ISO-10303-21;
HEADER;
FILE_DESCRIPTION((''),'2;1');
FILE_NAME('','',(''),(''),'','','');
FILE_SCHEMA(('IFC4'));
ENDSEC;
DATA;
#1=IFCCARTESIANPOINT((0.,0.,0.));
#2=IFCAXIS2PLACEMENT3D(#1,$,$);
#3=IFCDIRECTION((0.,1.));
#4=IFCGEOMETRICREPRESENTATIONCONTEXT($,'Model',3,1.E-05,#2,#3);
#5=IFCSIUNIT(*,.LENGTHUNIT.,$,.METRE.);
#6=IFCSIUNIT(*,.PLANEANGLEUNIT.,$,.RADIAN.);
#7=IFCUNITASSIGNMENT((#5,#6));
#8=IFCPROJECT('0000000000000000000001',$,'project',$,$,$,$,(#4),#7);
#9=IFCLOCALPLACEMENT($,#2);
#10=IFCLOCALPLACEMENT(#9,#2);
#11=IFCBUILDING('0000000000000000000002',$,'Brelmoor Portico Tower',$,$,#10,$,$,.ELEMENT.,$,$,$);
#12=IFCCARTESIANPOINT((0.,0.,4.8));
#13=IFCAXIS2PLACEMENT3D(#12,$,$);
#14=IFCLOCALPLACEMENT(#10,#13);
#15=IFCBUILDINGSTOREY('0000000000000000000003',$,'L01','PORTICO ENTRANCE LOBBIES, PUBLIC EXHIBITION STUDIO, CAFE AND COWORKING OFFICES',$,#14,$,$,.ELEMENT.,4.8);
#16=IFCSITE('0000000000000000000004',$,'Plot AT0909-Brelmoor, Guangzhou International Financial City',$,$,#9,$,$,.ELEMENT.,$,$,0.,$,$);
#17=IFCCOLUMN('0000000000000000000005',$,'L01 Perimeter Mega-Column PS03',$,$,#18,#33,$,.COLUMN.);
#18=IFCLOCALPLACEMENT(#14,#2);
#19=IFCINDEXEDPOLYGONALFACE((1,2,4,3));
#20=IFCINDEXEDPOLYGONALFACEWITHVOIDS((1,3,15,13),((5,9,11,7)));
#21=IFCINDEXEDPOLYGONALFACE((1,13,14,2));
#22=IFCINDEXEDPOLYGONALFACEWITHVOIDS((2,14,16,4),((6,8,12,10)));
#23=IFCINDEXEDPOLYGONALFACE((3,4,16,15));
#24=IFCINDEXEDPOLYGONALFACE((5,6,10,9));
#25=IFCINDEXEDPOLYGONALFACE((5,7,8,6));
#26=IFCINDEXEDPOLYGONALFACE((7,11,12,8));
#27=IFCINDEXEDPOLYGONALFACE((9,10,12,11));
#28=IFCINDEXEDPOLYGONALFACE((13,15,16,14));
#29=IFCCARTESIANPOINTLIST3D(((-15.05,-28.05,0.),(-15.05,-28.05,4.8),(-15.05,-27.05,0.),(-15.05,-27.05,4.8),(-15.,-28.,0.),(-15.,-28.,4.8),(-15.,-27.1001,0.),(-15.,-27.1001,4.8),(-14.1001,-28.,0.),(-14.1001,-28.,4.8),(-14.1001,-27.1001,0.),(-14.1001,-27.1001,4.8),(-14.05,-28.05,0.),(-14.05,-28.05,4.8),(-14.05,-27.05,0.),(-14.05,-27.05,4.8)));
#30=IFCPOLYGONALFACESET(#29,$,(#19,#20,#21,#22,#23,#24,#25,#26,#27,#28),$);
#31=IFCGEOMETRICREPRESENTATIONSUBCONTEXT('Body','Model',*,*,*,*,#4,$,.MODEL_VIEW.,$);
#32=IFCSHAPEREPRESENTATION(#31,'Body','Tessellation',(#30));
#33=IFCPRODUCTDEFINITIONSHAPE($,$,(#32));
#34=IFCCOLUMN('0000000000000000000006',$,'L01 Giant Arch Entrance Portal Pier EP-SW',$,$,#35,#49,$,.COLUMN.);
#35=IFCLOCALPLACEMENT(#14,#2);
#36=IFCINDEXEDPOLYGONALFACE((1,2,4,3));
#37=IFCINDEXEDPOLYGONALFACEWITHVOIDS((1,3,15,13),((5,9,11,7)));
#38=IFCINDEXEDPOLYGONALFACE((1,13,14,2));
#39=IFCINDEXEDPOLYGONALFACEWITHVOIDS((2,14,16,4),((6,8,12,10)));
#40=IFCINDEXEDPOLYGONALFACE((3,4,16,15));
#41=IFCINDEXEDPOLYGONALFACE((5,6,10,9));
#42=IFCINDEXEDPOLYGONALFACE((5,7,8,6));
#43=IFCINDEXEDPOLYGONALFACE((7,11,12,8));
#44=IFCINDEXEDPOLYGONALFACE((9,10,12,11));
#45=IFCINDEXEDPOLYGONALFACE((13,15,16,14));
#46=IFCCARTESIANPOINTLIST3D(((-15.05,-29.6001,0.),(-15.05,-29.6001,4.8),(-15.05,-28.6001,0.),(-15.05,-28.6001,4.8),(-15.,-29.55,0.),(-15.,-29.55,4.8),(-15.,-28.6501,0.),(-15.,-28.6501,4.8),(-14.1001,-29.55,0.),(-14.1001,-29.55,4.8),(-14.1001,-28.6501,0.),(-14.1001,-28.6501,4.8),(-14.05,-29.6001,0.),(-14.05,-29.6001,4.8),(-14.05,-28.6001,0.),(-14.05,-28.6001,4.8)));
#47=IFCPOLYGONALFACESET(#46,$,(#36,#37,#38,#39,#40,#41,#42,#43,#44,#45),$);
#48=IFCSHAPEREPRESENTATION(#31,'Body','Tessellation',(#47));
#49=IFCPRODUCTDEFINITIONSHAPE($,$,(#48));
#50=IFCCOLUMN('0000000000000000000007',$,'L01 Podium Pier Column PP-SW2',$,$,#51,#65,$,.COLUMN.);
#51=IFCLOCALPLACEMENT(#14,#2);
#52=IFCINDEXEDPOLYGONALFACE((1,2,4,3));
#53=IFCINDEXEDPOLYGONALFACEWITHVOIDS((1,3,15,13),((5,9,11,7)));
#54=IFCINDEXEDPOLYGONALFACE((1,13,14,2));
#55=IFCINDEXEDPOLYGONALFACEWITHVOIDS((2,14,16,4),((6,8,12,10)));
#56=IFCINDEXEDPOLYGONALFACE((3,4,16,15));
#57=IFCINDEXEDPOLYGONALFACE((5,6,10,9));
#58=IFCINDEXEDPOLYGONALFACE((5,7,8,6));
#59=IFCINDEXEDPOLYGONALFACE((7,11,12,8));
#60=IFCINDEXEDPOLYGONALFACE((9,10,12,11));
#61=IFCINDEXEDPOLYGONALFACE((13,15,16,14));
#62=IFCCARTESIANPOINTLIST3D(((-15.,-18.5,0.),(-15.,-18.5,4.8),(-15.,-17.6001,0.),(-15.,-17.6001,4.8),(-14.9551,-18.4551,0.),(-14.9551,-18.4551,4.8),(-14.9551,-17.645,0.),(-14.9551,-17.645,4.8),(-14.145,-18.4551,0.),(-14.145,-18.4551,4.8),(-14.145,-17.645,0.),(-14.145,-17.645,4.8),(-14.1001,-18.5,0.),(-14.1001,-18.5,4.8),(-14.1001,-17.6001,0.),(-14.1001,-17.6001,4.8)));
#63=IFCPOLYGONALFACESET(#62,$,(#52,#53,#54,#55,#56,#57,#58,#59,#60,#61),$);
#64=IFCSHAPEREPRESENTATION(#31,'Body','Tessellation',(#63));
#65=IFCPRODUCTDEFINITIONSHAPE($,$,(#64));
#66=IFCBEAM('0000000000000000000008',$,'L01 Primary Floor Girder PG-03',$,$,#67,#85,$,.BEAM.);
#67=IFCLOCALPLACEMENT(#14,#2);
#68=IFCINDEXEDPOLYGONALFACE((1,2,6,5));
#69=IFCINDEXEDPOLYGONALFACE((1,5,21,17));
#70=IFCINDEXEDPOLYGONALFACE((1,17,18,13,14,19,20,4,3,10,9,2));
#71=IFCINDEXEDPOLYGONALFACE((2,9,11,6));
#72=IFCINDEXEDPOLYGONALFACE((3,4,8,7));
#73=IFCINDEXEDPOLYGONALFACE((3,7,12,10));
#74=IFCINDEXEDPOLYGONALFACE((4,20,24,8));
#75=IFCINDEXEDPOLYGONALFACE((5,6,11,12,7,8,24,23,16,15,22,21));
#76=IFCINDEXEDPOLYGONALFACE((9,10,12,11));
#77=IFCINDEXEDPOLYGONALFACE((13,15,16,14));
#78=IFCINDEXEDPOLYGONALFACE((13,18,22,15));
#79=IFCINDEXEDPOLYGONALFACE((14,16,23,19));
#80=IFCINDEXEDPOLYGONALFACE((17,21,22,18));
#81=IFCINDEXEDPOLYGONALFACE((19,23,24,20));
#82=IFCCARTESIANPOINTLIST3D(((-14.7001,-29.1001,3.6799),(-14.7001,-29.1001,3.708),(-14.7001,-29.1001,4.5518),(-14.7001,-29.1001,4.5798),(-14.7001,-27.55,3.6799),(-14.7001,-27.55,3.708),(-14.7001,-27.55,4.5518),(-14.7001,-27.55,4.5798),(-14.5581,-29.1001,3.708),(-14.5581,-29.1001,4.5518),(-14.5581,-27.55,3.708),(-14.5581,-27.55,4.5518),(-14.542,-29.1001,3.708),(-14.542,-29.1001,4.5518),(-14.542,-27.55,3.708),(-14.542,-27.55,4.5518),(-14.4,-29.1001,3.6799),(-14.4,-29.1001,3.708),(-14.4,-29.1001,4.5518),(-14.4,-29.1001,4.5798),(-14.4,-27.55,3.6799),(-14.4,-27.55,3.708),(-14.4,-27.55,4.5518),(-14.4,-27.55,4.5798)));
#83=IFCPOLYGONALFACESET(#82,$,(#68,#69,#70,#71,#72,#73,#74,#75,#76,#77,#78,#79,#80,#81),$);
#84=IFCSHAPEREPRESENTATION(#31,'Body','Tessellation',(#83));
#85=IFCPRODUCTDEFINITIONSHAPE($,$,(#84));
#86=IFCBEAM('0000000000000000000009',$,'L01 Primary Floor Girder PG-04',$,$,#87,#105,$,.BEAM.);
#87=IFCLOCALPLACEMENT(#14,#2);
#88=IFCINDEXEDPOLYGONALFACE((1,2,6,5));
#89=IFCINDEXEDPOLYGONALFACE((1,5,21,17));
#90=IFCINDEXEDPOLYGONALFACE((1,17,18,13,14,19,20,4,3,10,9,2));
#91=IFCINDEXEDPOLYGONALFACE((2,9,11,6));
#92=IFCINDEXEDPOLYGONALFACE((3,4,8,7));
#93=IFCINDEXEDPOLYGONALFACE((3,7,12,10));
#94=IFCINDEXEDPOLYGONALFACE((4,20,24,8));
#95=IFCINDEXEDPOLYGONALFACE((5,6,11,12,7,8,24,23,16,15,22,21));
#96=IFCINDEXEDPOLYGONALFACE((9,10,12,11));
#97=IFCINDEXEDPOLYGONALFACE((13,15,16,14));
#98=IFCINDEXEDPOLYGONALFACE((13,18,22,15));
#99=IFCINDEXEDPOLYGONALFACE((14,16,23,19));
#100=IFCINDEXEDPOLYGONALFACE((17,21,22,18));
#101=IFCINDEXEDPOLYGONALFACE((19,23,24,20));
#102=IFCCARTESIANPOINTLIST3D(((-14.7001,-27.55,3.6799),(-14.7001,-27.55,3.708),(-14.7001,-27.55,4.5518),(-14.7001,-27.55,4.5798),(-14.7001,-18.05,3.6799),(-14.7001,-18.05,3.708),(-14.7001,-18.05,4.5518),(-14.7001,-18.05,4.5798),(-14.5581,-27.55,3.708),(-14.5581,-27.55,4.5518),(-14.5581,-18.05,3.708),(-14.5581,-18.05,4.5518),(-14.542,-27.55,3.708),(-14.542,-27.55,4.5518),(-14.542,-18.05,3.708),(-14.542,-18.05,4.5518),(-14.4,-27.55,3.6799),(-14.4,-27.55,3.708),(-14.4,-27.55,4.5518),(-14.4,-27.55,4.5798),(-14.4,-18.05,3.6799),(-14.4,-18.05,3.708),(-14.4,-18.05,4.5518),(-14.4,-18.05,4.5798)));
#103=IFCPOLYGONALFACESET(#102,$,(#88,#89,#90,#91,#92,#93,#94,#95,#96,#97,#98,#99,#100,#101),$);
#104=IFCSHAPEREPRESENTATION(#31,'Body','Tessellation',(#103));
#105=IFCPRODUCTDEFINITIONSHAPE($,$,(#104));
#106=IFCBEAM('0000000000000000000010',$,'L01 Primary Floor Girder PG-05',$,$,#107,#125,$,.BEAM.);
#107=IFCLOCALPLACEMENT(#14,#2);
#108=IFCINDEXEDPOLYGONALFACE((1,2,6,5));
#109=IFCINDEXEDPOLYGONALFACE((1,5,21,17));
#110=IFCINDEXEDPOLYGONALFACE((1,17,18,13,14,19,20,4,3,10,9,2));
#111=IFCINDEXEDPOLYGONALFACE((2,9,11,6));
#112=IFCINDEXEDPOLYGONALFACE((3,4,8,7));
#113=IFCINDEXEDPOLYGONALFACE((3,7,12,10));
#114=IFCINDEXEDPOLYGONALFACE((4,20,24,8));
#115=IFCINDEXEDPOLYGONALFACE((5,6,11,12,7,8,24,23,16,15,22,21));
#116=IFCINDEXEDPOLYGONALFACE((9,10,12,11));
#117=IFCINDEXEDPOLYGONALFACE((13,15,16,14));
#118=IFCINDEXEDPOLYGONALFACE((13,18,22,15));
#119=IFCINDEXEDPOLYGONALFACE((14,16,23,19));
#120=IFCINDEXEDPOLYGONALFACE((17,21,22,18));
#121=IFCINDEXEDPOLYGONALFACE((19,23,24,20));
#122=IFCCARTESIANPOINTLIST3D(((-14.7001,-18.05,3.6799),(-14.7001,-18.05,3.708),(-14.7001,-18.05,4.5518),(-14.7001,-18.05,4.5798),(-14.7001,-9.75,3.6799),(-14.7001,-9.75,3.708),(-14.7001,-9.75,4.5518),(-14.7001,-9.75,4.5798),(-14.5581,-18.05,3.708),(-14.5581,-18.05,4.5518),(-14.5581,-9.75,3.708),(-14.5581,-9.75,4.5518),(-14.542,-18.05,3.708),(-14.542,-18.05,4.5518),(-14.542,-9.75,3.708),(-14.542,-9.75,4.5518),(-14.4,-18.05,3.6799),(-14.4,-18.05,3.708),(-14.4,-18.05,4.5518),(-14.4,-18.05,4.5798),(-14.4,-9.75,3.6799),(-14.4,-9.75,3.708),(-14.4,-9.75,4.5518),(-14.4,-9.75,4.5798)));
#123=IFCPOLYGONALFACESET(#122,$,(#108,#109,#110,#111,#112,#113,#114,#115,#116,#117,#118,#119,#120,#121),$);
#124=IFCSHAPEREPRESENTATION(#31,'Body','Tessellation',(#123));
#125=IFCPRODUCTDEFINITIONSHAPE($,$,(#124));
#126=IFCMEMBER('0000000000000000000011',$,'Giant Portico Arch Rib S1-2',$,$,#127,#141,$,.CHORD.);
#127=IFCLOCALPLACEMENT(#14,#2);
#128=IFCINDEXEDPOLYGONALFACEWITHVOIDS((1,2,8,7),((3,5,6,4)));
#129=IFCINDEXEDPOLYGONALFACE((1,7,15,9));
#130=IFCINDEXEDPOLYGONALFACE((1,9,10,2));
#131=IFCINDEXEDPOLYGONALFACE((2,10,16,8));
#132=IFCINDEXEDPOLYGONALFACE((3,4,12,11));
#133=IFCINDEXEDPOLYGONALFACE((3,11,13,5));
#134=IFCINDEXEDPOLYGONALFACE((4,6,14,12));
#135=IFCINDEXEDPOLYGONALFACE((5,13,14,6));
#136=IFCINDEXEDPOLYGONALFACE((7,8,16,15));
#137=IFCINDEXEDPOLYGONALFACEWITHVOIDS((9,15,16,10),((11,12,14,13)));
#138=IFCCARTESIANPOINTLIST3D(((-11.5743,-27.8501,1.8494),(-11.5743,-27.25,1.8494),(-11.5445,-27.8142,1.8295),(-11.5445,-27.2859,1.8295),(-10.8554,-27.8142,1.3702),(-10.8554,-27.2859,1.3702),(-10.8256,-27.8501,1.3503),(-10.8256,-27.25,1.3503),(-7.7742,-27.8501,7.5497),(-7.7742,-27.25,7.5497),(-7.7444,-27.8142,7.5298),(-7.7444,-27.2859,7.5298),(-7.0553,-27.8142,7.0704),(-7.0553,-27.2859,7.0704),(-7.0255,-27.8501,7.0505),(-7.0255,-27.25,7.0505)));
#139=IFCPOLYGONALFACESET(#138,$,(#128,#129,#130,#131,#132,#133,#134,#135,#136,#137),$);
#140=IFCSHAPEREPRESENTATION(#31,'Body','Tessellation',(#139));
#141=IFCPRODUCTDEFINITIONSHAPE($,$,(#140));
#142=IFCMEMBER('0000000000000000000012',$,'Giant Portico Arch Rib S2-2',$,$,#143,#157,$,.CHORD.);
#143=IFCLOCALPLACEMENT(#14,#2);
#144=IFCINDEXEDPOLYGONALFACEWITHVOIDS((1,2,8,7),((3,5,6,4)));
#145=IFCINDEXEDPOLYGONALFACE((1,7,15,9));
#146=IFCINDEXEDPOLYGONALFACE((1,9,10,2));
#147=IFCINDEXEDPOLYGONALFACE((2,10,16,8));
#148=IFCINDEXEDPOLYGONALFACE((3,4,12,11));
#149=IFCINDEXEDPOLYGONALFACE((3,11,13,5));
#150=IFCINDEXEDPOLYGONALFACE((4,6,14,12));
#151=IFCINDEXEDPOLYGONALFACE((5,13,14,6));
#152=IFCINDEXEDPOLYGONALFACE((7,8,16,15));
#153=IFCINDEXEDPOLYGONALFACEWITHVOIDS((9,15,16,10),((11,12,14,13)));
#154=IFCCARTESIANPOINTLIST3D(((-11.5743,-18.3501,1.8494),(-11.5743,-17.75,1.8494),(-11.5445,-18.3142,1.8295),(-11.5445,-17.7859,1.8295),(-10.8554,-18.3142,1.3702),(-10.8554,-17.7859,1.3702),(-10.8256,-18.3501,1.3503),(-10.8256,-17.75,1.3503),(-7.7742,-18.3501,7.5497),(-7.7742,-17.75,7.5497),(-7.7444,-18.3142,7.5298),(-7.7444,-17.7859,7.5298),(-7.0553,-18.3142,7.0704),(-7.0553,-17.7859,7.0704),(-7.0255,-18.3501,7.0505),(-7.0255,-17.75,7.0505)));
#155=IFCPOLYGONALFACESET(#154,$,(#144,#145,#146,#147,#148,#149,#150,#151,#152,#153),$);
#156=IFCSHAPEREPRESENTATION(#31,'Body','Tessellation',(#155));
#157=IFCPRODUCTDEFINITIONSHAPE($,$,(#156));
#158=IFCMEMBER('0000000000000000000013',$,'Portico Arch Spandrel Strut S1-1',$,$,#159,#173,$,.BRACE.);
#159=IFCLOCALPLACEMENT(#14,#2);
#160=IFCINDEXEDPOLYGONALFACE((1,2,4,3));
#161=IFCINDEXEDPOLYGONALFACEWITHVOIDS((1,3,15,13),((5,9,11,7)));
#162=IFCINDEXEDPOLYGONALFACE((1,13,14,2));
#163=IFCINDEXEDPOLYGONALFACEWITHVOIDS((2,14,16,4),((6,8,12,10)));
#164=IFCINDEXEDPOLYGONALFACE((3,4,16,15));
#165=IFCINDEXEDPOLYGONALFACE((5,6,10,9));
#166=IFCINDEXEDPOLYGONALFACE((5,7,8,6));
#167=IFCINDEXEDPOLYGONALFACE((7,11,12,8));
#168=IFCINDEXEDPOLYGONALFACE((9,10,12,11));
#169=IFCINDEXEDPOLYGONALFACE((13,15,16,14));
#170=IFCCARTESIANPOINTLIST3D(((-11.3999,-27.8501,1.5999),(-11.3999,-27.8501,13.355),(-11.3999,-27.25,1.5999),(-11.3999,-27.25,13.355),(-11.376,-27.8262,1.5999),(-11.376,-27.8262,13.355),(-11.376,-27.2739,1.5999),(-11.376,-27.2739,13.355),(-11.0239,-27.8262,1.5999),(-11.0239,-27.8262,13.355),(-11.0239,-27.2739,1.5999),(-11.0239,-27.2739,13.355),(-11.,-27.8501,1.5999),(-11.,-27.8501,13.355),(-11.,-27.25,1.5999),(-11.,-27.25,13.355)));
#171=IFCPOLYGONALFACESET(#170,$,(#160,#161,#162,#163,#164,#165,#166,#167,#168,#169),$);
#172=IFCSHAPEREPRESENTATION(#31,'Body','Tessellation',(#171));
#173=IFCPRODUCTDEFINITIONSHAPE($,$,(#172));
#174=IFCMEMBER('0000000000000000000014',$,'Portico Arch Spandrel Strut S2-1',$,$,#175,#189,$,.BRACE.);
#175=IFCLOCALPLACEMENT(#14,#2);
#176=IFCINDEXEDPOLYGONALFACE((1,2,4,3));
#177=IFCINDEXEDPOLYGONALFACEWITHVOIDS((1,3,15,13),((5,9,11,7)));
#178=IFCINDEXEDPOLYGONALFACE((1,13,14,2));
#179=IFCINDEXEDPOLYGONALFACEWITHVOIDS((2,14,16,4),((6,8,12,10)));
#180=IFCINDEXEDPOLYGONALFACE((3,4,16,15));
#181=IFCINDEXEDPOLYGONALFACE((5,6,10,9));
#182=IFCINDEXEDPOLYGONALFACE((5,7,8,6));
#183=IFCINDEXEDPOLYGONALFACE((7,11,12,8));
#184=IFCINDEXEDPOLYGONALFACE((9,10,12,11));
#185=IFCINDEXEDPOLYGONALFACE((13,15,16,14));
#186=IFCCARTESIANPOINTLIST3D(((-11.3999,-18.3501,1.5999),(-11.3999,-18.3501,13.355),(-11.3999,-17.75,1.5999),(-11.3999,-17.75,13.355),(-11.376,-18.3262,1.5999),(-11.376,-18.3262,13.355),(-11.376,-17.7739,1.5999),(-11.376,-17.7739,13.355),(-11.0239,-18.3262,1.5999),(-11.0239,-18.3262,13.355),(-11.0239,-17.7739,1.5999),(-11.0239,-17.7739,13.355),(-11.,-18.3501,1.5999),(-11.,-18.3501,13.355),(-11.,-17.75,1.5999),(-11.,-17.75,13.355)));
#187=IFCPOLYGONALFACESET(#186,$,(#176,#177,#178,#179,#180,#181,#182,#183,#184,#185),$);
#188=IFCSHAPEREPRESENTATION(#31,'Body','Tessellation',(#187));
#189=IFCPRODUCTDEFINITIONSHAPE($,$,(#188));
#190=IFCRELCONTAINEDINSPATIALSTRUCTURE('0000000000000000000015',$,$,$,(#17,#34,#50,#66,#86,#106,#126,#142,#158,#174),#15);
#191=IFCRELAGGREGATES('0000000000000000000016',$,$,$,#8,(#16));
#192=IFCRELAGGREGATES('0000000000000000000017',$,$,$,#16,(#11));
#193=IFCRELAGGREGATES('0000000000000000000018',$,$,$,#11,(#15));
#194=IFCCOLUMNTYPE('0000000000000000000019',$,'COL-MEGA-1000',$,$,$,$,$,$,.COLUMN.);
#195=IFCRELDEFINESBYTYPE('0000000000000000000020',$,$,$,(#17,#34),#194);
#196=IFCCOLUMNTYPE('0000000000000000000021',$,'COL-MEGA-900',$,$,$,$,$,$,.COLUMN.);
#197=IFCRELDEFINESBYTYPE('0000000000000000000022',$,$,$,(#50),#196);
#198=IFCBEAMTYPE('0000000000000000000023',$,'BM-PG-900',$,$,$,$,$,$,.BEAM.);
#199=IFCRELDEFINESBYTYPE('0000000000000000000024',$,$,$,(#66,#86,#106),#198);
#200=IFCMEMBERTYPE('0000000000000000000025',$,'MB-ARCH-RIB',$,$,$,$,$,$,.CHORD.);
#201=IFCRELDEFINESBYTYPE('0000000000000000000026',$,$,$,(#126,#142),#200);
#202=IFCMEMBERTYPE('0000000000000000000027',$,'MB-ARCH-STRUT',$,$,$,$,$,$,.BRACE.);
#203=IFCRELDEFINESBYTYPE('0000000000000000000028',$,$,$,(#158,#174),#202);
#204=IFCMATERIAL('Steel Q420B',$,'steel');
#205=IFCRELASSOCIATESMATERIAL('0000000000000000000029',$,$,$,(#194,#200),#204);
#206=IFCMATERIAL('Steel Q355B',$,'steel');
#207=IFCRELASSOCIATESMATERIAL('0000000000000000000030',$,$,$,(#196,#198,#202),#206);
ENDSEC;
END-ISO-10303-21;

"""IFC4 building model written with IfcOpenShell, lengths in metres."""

from ifc_helpers import new_model, si_unit, direction, frame, origin, origin_2d, place, context, subcontext, project, spatial, hollow_rectangle, i_section, extrude, material, material_profile, profile_set, type_object, element, save


model = new_model("IFC4")

# Units and contexts
model_context = context("Model", 3, precision=1e-05, world=origin(), true_north=direction((0.0, 1.0)))
body_context = subcontext(model_context, "Body", "Model", "MODEL_VIEW")
ifc_project = project(units=[si_unit("LENGTHUNIT", "METRE"), si_unit("PLANEANGLEUNIT", "RADIAN")], contexts=[model_context])

# Site, building, storey
site_placement = place(None, origin())
site = spatial("IfcSite", under=ifc_project, at=site_placement, Name="Plot AT0909-Brelmoor, Guangzhou International Financial City", CompositionType="ELEMENT", RefElevation=0.0)
building_placement = place(site_placement, origin())
building = spatial("IfcBuilding", under=site, at=building_placement, Name="Brelmoor Portico Tower", CompositionType="ELEMENT")
storey_placement = place(building_placement, frame((0.0, 0.0, 4.8)))
storey = spatial("IfcBuildingStorey", under=building, at=storey_placement, Name="L01", Description="PORTICO ENTRANCE LOBBIES, PUBLIC EXHIBITION STUDIO, CAFE AND COWORKING OFFICES", CompositionType="ELEMENT", Elevation=4.8)

# Columns
ifc_material_1 = material(Name="Steel Q420B", Category="steel")
ifc_material_profile_1 = material_profile(ifc_material_1, hollow_rectangle(XDim=1.0, YDim=1.0, WallThickness=0.05, at=origin_2d()), Name="BOX 1000x1000x50")
ifc_profile_set_1 = profile_set([ifc_material_profile_1], Name="Steel Q420B")
column_type_1 = type_object("IfcColumnType", Name="COL-MEGA-1000", PredefinedType="COLUMN", material=ifc_profile_set_1)
for number, where, z_axis, x_axis, name in (
    (1, (-14.55, -27.55, 0.0), (0.0, 0.0, 1.0), (1.0, 0.0, 0.0), "L01 Perimeter Mega-Column PS03"),
    (2, (-14.55, -29.1001, 0.0), (0.0, 0.0, 1.0), (1.0, 0.0, 0.0), "L01 Giant Arch Entrance Portal Pier EP-SW"),
):
    element("IfcColumn", number, at=place(storey_placement, frame(where, z_axis=z_axis, x_axis=x_axis)), inside=storey, type_object=column_type_1, Name=name, PredefinedType="COLUMN", context=body_context, shape_type="SweptSolid", body=[
        extrude(hollow_rectangle(XDim=1.0, YDim=1.0, WallThickness=0.05, at=origin_2d()), origin(), (0.0, 0.0, 1.0), 4.8),
    ])
ifc_material_2 = material(Name="Steel Q355B", Category="steel")
ifc_material_profile_2 = material_profile(ifc_material_2, hollow_rectangle(XDim=0.8999, YDim=0.8999, WallThickness=0.0449, at=origin_2d()), Name="BOX 900x900x45")
ifc_profile_set_2 = profile_set([ifc_material_profile_2], Name="Steel Q355B")
column_type_2 = type_object("IfcColumnType", Name="COL-MEGA-900", PredefinedType="COLUMN", material=ifc_profile_set_2)
column_placement = place(storey_placement, frame((-14.55, -18.05, 0.0), z_axis=(0.0, 0.0, 1.0), x_axis=(1.0, 0.0, 0.0)))
element("IfcColumn", 3, at=column_placement, inside=storey, type_object=column_type_2, Name="L01 Podium Pier Column PP-SW2", PredefinedType="COLUMN", context=body_context, shape_type="SweptSolid", body=[
    extrude(hollow_rectangle(XDim=0.8999, YDim=0.8999, WallThickness=0.0449, at=origin_2d()), origin(), (0.0, 0.0, 1.0), 4.8),
])

# Beams
ifc_material_profile_3 = material_profile(ifc_material_2, i_section(OverallWidth=0.3, OverallDepth=0.8999, WebThickness=0.0161, FlangeThickness=0.0281, at=origin_2d()), Name="HN 900x300x16x28")
ifc_profile_set_3 = profile_set([ifc_material_profile_3], Name="Steel Q355B")
beam_type = type_object("IfcBeamType", Name="BM-PG-900", PredefinedType="BEAM", material=ifc_profile_set_3)
beam_1_placement = place(storey_placement, frame((-14.55, -29.1001, 4.1299), z_axis=(0.0, 1.0, 0.0), x_axis=(-1.0, 0.0, 0.0)))
element("IfcBeam", 4, at=beam_1_placement, inside=storey, type_object=beam_type, Name="L01 Primary Floor Girder PG-03", PredefinedType="BEAM", context=body_context, shape_type="SweptSolid", body=[
    extrude(i_section(OverallWidth=0.3, OverallDepth=0.8999, WebThickness=0.0161, FlangeThickness=0.0281, at=origin_2d()), origin(), (0.0, 0.0, 1.0), 1.55),
])
beam_2_placement = place(storey_placement, frame((-14.55, -27.55, 4.1299), z_axis=(0.0, 1.0, 0.0), x_axis=(-1.0, 0.0, 0.0)))
element("IfcBeam", 5, at=beam_2_placement, inside=storey, type_object=beam_type, Name="L01 Primary Floor Girder PG-04", PredefinedType="BEAM", context=body_context, shape_type="SweptSolid", body=[
    extrude(i_section(OverallWidth=0.3, OverallDepth=0.8999, WebThickness=0.0161, FlangeThickness=0.0281, at=origin_2d()), origin(), (0.0, 0.0, 1.0), 9.5),
])
beam_3_placement = place(storey_placement, frame((-14.55, -18.05, 4.1299), z_axis=(0.0, 1.0, 0.0), x_axis=(-1.0, 0.0, 0.0)))
element("IfcBeam", 6, at=beam_3_placement, inside=storey, type_object=beam_type, Name="L01 Primary Floor Girder PG-05", PredefinedType="BEAM", context=body_context, shape_type="SweptSolid", body=[
    extrude(i_section(OverallWidth=0.3, OverallDepth=0.8999, WebThickness=0.0161, FlangeThickness=0.0281, at=origin_2d()), origin(), (0.0, 0.0, 1.0), 8.3),
])

# Members
ifc_material_profile_4 = material_profile(ifc_material_1, hollow_rectangle(XDim=0.6001, YDim=0.8999, WallThickness=0.0359, at=origin_2d()), Name="RHS 600x900x36")
ifc_profile_set_4 = profile_set([ifc_material_profile_4], Name="Steel Q420B")
member_type_1 = type_object("IfcMemberType", Name="MB-ARCH-RIB", PredefinedType="CHORD", material=ifc_profile_set_4)
for number, where, z_axis, x_axis, name in (
    (7, (-11.2, -27.55, 1.5999), (0.554692, 0.0, 0.832056), (0.0, 1.0, 0.0), "Giant Portico Arch Rib S1-2"),
    (8, (-11.2, -18.05, 1.5999), (0.554692, 0.0, 0.832056), (0.0, 1.0, 0.0), "Giant Portico Arch Rib S2-2"),
):
    element("IfcMember", number, at=place(storey_placement, frame(where, z_axis=z_axis, x_axis=x_axis)), inside=storey, type_object=member_type_1, Name=name, PredefinedType="CHORD", context=body_context, shape_type="SweptSolid", body=[
        extrude(hollow_rectangle(XDim=0.6001, YDim=0.8999, WallThickness=0.0359, at=origin_2d()), origin(), (0.0, 0.0, 1.0), 6.8508),
    ])
ifc_material_profile_5 = material_profile(ifc_material_2, hollow_rectangle(XDim=0.3999, YDim=0.6001, WallThickness=0.0239, at=origin_2d()), Name="RHS 400x600x24")
ifc_profile_set_5 = profile_set([ifc_material_profile_5], Name="Steel Q355B")
member_type_2 = type_object("IfcMemberType", Name="MB-ARCH-STRUT", PredefinedType="BRACE", material=ifc_profile_set_5)
for number, where, z_axis, x_axis, name in (
    (9, (-11.2, -27.55, 1.5999), (0.0, 0.0, 1.0), (1.0, 0.0, 0.0), "Portico Arch Spandrel Strut S1-1"),
    (10, (-11.2, -18.05, 1.5999), (0.0, 0.0, 1.0), (1.0, 0.0, 0.0), "Portico Arch Spandrel Strut S2-1"),
):
    element("IfcMember", number, at=place(storey_placement, frame(where, z_axis=z_axis, x_axis=x_axis)), inside=storey, type_object=member_type_2, Name=name, PredefinedType="BRACE", context=body_context, shape_type="SweptSolid", body=[
        extrude(hollow_rectangle(XDim=0.3999, YDim=0.6001, WallThickness=0.0239, at=origin_2d()), origin(), (0.0, 0.0, 1.0), 11.7551),
    ])

save(model, "model.ifc")
